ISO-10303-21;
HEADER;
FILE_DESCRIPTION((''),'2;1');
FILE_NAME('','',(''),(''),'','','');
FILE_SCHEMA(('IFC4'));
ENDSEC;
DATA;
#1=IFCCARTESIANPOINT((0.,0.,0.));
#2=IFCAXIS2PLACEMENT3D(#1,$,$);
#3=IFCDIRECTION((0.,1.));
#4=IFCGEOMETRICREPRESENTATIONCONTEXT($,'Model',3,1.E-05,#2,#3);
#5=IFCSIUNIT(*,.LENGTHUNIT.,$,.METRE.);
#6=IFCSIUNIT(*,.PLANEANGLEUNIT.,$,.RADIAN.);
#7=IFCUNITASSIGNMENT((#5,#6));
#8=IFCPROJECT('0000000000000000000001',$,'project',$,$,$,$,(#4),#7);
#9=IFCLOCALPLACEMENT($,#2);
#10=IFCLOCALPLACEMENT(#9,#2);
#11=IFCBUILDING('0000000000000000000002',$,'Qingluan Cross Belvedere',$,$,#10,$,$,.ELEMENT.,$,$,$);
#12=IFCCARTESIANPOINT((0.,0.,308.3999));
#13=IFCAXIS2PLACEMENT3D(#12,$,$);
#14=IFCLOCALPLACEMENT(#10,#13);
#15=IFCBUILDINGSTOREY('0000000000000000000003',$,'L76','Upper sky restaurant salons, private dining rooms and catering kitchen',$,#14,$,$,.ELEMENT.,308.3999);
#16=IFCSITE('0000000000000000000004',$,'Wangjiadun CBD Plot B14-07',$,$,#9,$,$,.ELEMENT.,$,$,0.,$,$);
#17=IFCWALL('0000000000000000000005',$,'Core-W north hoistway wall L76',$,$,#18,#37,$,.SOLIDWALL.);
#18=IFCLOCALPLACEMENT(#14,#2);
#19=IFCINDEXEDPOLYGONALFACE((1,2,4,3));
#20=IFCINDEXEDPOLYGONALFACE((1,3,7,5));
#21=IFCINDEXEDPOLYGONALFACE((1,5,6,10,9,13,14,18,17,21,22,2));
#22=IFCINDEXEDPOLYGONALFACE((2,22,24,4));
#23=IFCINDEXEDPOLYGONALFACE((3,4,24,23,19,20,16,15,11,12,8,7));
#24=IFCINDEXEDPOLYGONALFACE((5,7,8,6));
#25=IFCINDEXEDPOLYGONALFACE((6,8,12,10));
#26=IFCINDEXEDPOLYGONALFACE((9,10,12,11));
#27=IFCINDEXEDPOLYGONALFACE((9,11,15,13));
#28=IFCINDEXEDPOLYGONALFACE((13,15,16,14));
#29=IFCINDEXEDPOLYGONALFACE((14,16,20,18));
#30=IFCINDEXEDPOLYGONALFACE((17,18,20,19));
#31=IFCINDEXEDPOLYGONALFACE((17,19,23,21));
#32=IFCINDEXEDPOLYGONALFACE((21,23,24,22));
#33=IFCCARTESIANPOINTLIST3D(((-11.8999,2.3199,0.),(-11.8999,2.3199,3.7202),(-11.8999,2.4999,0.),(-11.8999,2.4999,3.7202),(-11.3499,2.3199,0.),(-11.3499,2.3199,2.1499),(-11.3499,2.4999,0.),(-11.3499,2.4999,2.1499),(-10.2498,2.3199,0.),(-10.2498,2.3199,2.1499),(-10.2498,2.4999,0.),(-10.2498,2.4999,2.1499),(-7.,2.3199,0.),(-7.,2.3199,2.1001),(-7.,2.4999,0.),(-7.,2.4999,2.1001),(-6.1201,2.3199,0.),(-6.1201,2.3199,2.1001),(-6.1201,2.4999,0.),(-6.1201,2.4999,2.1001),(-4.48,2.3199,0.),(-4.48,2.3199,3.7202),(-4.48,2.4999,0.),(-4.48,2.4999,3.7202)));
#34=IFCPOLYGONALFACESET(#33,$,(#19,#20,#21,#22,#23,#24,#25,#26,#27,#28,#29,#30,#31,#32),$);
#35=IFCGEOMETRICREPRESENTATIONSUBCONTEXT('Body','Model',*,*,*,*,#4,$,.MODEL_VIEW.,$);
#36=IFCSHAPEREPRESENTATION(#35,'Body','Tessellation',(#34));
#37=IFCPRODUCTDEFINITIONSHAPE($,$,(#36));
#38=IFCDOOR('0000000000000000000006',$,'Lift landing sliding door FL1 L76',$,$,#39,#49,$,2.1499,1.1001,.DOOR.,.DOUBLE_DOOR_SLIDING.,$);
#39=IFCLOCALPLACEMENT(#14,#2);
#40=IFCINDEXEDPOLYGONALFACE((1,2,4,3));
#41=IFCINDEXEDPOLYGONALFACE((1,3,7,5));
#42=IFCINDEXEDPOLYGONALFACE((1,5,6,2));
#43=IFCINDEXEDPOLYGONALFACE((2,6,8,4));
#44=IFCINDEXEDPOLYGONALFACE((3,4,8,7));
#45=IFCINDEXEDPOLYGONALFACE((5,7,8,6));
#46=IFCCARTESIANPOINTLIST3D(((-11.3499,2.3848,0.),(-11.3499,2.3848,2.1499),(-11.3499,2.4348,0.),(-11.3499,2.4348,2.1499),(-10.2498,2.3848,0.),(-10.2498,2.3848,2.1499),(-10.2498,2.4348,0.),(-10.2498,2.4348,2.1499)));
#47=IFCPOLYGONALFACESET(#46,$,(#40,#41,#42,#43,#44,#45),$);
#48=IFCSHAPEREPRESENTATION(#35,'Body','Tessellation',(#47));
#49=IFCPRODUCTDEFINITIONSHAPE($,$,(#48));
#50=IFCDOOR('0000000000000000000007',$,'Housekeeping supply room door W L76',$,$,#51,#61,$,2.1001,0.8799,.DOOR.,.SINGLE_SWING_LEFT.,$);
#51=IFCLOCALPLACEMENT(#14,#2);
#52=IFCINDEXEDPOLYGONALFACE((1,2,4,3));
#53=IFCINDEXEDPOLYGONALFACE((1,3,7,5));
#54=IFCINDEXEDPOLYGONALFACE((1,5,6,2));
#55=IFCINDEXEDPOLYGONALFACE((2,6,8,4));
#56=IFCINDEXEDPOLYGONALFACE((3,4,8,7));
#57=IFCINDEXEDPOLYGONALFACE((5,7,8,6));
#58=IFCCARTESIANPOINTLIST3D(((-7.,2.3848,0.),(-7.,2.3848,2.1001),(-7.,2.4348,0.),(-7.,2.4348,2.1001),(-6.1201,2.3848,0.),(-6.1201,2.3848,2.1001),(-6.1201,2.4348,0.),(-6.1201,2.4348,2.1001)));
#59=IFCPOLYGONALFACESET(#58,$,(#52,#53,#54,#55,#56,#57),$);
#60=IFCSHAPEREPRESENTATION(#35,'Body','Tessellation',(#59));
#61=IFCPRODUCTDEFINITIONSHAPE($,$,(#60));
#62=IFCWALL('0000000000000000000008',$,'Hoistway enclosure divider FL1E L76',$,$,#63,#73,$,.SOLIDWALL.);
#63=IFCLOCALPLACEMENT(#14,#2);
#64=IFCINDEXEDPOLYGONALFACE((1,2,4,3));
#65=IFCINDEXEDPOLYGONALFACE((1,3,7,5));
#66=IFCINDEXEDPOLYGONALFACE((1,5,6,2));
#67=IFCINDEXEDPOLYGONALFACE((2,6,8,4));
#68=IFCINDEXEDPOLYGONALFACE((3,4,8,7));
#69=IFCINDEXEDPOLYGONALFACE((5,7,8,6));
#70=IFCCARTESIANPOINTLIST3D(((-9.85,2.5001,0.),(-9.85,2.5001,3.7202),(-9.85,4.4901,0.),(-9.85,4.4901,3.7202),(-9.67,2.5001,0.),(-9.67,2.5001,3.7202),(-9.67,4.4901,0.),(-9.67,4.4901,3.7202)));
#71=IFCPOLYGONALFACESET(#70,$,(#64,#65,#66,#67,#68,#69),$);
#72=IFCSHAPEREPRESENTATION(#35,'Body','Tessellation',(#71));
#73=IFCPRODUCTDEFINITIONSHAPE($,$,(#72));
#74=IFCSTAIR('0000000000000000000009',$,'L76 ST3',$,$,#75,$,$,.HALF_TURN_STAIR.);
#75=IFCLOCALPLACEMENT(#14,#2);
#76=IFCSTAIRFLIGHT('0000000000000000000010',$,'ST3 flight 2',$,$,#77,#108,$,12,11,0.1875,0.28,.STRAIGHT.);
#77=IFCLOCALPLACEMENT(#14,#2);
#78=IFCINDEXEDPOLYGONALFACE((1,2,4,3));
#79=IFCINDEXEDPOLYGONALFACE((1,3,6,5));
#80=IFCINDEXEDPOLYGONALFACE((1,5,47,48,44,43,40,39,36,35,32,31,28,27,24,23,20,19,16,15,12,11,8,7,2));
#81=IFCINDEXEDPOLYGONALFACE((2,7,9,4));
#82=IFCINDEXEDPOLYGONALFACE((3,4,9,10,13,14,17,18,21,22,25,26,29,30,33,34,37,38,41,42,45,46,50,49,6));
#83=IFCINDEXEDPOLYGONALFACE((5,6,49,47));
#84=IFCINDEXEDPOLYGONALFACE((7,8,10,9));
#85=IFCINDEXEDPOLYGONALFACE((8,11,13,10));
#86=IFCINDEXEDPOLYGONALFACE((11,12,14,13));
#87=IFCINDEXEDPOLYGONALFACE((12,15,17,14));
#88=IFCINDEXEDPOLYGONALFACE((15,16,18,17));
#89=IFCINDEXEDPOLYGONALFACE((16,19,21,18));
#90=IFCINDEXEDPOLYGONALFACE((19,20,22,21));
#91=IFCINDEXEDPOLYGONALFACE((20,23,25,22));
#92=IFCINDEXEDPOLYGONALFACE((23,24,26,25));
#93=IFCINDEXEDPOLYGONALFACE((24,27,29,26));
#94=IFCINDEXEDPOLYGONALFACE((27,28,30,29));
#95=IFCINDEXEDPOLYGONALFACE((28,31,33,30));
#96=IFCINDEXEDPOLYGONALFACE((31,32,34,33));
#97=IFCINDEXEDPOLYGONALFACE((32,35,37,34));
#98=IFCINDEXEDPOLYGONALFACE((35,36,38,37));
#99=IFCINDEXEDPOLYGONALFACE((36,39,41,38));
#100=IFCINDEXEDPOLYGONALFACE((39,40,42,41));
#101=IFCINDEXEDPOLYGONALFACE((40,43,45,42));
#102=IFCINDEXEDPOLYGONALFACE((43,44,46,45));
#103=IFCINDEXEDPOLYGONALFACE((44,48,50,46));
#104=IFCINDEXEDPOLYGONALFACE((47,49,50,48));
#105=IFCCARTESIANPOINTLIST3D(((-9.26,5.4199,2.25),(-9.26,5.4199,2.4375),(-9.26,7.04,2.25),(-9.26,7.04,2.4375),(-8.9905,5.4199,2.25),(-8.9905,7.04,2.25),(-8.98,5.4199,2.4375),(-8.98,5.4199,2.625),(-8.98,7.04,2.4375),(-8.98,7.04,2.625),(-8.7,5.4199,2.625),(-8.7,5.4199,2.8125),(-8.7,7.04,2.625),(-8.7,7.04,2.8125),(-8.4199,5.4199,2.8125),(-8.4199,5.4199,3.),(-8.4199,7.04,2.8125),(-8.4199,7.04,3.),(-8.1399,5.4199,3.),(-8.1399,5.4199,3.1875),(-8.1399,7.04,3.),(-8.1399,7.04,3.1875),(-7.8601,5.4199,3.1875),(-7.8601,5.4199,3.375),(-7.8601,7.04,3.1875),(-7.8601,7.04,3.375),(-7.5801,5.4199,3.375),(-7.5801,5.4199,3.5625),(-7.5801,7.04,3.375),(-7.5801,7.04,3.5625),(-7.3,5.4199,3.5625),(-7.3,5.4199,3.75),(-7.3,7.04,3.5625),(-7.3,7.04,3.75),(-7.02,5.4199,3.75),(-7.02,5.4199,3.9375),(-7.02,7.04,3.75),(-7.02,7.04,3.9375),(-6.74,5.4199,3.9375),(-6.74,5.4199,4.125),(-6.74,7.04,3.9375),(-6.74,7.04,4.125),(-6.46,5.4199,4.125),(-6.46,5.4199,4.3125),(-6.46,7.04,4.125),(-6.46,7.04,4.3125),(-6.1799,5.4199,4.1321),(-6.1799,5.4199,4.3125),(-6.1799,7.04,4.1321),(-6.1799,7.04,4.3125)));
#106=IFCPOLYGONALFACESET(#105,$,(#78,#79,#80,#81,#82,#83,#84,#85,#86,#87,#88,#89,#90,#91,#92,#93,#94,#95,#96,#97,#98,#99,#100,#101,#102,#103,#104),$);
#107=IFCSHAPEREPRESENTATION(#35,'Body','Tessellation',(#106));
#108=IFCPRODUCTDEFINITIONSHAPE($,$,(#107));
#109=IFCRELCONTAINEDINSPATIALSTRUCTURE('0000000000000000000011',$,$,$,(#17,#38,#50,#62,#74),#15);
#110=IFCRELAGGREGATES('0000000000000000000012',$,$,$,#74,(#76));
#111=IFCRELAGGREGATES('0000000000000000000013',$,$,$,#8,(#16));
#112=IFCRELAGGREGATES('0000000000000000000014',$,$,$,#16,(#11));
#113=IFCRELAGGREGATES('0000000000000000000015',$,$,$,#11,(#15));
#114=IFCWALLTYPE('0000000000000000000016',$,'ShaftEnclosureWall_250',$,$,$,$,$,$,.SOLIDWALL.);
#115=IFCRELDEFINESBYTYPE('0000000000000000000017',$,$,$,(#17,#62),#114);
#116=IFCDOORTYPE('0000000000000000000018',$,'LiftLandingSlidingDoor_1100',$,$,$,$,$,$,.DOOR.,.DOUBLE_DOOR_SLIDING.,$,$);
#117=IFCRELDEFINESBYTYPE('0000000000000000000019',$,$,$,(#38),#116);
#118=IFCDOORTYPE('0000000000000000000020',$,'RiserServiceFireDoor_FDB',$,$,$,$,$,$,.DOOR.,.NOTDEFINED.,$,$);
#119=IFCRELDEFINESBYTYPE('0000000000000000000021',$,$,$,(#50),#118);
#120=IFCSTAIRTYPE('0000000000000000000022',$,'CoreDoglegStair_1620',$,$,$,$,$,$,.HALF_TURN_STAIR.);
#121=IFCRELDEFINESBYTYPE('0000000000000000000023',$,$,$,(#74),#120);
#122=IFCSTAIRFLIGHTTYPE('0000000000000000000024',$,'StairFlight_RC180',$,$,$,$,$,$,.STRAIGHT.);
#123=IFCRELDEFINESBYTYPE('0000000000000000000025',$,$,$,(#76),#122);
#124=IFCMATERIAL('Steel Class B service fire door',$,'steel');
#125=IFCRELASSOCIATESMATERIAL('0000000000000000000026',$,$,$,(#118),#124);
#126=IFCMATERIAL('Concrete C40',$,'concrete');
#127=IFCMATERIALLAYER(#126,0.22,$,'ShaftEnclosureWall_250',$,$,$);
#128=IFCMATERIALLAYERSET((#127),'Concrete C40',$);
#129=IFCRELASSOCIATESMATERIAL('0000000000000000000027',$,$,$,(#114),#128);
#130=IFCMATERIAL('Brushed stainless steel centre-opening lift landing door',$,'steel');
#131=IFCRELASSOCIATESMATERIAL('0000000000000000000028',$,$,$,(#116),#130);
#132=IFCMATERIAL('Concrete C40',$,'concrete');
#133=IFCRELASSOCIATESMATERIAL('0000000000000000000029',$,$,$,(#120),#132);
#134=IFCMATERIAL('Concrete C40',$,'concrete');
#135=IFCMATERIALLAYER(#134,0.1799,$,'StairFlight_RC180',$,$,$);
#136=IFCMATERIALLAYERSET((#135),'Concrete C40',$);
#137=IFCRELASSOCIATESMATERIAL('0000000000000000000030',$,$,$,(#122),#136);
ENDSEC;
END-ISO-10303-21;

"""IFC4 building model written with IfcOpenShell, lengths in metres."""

from ifc_helpers import new_model, si_unit, direction, frame, frame_2d, origin, place, context, subcontext, project, spatial, polyline, rectangle, outline, extrude, material, layer, layer_set, type_object, element, fill, aggregate, save


model = new_model("IFC4")

# Units and contexts
model_context = context("Model", 3, precision=1e-05, world=origin(), true_north=direction((0.0, 1.0)))
body_context = subcontext(model_context, "Body", "Model", "MODEL_VIEW")
ifc_project = project(units=[si_unit("LENGTHUNIT", "METRE"), si_unit("PLANEANGLEUNIT", "RADIAN")], contexts=[model_context])

# Site, building, storey
site_placement = place(None, origin())
site = spatial("IfcSite", under=ifc_project, at=site_placement, Name="Wangjiadun CBD Plot B14-07", CompositionType="ELEMENT", RefElevation=0.0)
building_placement = place(site_placement, origin())
building = spatial("IfcBuilding", under=site, at=building_placement, Name="Qingluan Cross Belvedere", CompositionType="ELEMENT")
storey_placement = place(building_placement, frame((0.0, 0.0, 308.3999)))
storey = spatial("IfcBuildingStorey", under=building, at=storey_placement, Name="L76", Description="Upper sky restaurant salons, private dining rooms and catering kitchen", CompositionType="ELEMENT", Elevation=308.3999)

# Shared definitions
ifc_material_1 = material(Name="Steel Class B service fire door", Category="steel")
door_type_1 = type_object("IfcDoorType", Name="RiserServiceFireDoor_FDB", OperationType="NOTDEFINED", PredefinedType="DOOR", material=ifc_material_1)

# Wall, openings, doors
ifc_material_2 = material(Name="Concrete C40", Category="concrete")
ifc_layer_1 = layer(ifc_material_2, 0.22, Name="ShaftEnclosureWall_250")
ifc_layer_set_1 = layer_set([ifc_layer_1], Name="Concrete C40")
wall_type_1 = type_object("IfcWallType", Name="ShaftEnclosureWall_250", PredefinedType="SOLIDWALL", material=ifc_layer_set_1)
wall_1_placement = place(storey_placement, frame((-11.8999, 2.4099, 0.0), z_axis=(0.0, 0.0, 1.0), x_axis=(1.0, 0.0, 0.0)))
wall_1 = element("IfcWall", 1, at=wall_1_placement, inside=storey, type_object=wall_type_1, Name="Core-W north hoistway wall L76", PredefinedType="SOLIDWALL", context=body_context, shape_type="SweptSolid", body=[
    extrude(rectangle(XDim=7.4199, YDim=0.1799, at=frame_2d((3.71, 0.0))), origin(), (0.0, 0.0, 1.0), 3.7202),
])
opening_1_placement = place(wall_1_placement, frame((0.55, 0.0, 0.0)))
opening_1 = element("IfcOpeningElement", 2, at=opening_1_placement, cuts=wall_1, PredefinedType="OPENING", context=body_context, shape_type="SweptSolid", body=[
    extrude(rectangle(XDim=1.1001, YDim=2.1499, at=frame_2d((0.55, 1.075))), frame((0.0, 0.0999, 0.0), z_axis=(0.0, -1.0, 0.0), x_axis=(1.0, 0.0, 0.0)), (0.0, 0.0, 1.0), 0.2),
])
opening_2_placement = place(wall_1_placement, frame((4.8999, 0.0, 0.0)))
opening_2 = element("IfcOpeningElement", 3, at=opening_2_placement, cuts=wall_1, PredefinedType="OPENING", context=body_context, shape_type="SweptSolid", body=[
    extrude(rectangle(XDim=0.8799, YDim=2.1001, at=frame_2d((0.4399, 1.05))), frame((0.0, 0.0999, 0.0), z_axis=(0.0, -1.0, 0.0), x_axis=(1.0, 0.0, 0.0)), (0.0, 0.0, 1.0), 0.2),
])
ifc_material_3 = material(Name="Brushed stainless steel centre-opening lift landing door", Category="steel")
door_type_2 = type_object("IfcDoorType", Name="LiftLandingSlidingDoor_1100", OperationType="DOUBLE_DOOR_SLIDING", PredefinedType="DOOR", material=ifc_material_3)
door_1_placement = place(opening_1_placement, origin())
door_1 = element("IfcDoor", 4, at=door_1_placement, inside=storey, type_object=door_type_2, Name="Lift landing sliding door FL1 L76", OperationType="DOUBLE_DOOR_SLIDING", OverallHeight=2.1499, OverallWidth=1.1001, PredefinedType="DOOR", context=body_context, shape_type="SweptSolid", body=[
    extrude(rectangle(XDim=1.1001, YDim=2.1499, at=frame_2d((0.55, 1.075))), frame((0.0, 0.0249, 0.0), z_axis=(0.0, -1.0, 0.0), x_axis=(1.0, 0.0, 0.0)), (0.0, 0.0, 1.0), 0.05),
])
fill(opening_1, door_1)
door_2_placement = place(opening_2_placement, origin())
door_2 = element("IfcDoor", 5, at=door_2_placement, inside=storey, type_object=door_type_1, Name="Housekeeping supply room door W L76", OperationType="SINGLE_SWING_LEFT", OverallHeight=2.1001, OverallWidth=0.8799, PredefinedType="DOOR", context=body_context, shape_type="SweptSolid", body=[
    extrude(rectangle(XDim=0.8799, YDim=2.1001, at=frame_2d((0.4399, 1.05))), frame((0.0, 0.0249, 0.0), z_axis=(0.0, -1.0, 0.0), x_axis=(1.0, 0.0, 0.0)), (0.0, 0.0, 1.0), 0.05),
])
fill(opening_2, door_2)

# Wall
wall_2_placement = place(storey_placement, frame((-9.76, 2.5, 0.0), z_axis=(0.0, 0.0, 1.0), x_axis=(0.0, 1.0, 0.0)))
element("IfcWall", 6, at=wall_2_placement, inside=storey, type_object=wall_type_1, Name="Hoistway enclosure divider FL1E L76", PredefinedType="SOLIDWALL", context=body_context, shape_type="SweptSolid", body=[
    extrude(rectangle(XDim=1.99, YDim=0.1799, at=frame_2d((0.9951, 0.0))), origin(), (0.0, 0.0, 1.0), 3.7202),
])

# Stair, stair flight
ifc_material_4 = material(Name="Concrete C40", Category="concrete")
stair_type = type_object("IfcStairType", Name="CoreDoglegStair_1620", PredefinedType="HALF_TURN_STAIR", material=ifc_material_4)
stair_placement = place(storey_placement, origin())
stair = element("IfcStair", 7, at=stair_placement, inside=storey, type_object=stair_type, Name="L76 ST3", PredefinedType="HALF_TURN_STAIR")
ifc_material_5 = material(Name="Concrete C40", Category="concrete")
ifc_layer_2 = layer(ifc_material_5, 0.1799, Name="StairFlight_RC180")
ifc_layer_set_2 = layer_set([ifc_layer_2], Name="Concrete C40")
stair_flight_type = type_object("IfcStairFlightType", Name="StairFlight_RC180", PredefinedType="STRAIGHT", material=ifc_layer_set_2)
stair_flight_placement = place(storey_placement, frame((-9.26, 6.23, 2.25), z_axis=(0.0, 0.0, 1.0), x_axis=(1.0, 0.0, 0.0)))
stair_flight = element("IfcStairFlight", 8, at=stair_flight_placement, type_object=stair_flight_type, Name="ST3 flight 2", NumberOfRisers=12, NumberOfTreads=11, PredefinedType="STRAIGHT", RiserHeight=0.1875, TreadLength=0.28, context=body_context, shape_type="SweptSolid", body=[
    extrude(outline(polyline([(0.0, 0.0), (0.0, 0.1875), (0.28, 0.1875), (0.28, 0.375), (0.5601, 0.375), (0.5601, 0.5625), (0.8401, 0.5625), (0.8401, 0.75), (1.1201, 0.75), (1.1201, 0.9375), (1.3999, 0.9375), (1.3999, 1.125), (1.6799, 1.125), (1.6799, 1.3125), (1.96, 1.3125), (1.96, 1.5), (2.24, 1.5), (2.24, 1.6875), (2.52, 1.6875), (2.52, 1.875), (2.8, 1.875), (2.8, 2.0625), (3.0801, 2.0625), (3.0801, 2.25), (3.0801, 1.8821), (0.2695, 0.0), (0.0, 0.0)])), frame((0.0, 0.8101, 0.0), z_axis=(0.0, -1.0, 0.0), x_axis=(1.0, 0.0, 0.0)), (0.0, 0.0, 1.0), 1.6201),
])
aggregate(stair, [stair_flight])

save(model, "model.ifc")
